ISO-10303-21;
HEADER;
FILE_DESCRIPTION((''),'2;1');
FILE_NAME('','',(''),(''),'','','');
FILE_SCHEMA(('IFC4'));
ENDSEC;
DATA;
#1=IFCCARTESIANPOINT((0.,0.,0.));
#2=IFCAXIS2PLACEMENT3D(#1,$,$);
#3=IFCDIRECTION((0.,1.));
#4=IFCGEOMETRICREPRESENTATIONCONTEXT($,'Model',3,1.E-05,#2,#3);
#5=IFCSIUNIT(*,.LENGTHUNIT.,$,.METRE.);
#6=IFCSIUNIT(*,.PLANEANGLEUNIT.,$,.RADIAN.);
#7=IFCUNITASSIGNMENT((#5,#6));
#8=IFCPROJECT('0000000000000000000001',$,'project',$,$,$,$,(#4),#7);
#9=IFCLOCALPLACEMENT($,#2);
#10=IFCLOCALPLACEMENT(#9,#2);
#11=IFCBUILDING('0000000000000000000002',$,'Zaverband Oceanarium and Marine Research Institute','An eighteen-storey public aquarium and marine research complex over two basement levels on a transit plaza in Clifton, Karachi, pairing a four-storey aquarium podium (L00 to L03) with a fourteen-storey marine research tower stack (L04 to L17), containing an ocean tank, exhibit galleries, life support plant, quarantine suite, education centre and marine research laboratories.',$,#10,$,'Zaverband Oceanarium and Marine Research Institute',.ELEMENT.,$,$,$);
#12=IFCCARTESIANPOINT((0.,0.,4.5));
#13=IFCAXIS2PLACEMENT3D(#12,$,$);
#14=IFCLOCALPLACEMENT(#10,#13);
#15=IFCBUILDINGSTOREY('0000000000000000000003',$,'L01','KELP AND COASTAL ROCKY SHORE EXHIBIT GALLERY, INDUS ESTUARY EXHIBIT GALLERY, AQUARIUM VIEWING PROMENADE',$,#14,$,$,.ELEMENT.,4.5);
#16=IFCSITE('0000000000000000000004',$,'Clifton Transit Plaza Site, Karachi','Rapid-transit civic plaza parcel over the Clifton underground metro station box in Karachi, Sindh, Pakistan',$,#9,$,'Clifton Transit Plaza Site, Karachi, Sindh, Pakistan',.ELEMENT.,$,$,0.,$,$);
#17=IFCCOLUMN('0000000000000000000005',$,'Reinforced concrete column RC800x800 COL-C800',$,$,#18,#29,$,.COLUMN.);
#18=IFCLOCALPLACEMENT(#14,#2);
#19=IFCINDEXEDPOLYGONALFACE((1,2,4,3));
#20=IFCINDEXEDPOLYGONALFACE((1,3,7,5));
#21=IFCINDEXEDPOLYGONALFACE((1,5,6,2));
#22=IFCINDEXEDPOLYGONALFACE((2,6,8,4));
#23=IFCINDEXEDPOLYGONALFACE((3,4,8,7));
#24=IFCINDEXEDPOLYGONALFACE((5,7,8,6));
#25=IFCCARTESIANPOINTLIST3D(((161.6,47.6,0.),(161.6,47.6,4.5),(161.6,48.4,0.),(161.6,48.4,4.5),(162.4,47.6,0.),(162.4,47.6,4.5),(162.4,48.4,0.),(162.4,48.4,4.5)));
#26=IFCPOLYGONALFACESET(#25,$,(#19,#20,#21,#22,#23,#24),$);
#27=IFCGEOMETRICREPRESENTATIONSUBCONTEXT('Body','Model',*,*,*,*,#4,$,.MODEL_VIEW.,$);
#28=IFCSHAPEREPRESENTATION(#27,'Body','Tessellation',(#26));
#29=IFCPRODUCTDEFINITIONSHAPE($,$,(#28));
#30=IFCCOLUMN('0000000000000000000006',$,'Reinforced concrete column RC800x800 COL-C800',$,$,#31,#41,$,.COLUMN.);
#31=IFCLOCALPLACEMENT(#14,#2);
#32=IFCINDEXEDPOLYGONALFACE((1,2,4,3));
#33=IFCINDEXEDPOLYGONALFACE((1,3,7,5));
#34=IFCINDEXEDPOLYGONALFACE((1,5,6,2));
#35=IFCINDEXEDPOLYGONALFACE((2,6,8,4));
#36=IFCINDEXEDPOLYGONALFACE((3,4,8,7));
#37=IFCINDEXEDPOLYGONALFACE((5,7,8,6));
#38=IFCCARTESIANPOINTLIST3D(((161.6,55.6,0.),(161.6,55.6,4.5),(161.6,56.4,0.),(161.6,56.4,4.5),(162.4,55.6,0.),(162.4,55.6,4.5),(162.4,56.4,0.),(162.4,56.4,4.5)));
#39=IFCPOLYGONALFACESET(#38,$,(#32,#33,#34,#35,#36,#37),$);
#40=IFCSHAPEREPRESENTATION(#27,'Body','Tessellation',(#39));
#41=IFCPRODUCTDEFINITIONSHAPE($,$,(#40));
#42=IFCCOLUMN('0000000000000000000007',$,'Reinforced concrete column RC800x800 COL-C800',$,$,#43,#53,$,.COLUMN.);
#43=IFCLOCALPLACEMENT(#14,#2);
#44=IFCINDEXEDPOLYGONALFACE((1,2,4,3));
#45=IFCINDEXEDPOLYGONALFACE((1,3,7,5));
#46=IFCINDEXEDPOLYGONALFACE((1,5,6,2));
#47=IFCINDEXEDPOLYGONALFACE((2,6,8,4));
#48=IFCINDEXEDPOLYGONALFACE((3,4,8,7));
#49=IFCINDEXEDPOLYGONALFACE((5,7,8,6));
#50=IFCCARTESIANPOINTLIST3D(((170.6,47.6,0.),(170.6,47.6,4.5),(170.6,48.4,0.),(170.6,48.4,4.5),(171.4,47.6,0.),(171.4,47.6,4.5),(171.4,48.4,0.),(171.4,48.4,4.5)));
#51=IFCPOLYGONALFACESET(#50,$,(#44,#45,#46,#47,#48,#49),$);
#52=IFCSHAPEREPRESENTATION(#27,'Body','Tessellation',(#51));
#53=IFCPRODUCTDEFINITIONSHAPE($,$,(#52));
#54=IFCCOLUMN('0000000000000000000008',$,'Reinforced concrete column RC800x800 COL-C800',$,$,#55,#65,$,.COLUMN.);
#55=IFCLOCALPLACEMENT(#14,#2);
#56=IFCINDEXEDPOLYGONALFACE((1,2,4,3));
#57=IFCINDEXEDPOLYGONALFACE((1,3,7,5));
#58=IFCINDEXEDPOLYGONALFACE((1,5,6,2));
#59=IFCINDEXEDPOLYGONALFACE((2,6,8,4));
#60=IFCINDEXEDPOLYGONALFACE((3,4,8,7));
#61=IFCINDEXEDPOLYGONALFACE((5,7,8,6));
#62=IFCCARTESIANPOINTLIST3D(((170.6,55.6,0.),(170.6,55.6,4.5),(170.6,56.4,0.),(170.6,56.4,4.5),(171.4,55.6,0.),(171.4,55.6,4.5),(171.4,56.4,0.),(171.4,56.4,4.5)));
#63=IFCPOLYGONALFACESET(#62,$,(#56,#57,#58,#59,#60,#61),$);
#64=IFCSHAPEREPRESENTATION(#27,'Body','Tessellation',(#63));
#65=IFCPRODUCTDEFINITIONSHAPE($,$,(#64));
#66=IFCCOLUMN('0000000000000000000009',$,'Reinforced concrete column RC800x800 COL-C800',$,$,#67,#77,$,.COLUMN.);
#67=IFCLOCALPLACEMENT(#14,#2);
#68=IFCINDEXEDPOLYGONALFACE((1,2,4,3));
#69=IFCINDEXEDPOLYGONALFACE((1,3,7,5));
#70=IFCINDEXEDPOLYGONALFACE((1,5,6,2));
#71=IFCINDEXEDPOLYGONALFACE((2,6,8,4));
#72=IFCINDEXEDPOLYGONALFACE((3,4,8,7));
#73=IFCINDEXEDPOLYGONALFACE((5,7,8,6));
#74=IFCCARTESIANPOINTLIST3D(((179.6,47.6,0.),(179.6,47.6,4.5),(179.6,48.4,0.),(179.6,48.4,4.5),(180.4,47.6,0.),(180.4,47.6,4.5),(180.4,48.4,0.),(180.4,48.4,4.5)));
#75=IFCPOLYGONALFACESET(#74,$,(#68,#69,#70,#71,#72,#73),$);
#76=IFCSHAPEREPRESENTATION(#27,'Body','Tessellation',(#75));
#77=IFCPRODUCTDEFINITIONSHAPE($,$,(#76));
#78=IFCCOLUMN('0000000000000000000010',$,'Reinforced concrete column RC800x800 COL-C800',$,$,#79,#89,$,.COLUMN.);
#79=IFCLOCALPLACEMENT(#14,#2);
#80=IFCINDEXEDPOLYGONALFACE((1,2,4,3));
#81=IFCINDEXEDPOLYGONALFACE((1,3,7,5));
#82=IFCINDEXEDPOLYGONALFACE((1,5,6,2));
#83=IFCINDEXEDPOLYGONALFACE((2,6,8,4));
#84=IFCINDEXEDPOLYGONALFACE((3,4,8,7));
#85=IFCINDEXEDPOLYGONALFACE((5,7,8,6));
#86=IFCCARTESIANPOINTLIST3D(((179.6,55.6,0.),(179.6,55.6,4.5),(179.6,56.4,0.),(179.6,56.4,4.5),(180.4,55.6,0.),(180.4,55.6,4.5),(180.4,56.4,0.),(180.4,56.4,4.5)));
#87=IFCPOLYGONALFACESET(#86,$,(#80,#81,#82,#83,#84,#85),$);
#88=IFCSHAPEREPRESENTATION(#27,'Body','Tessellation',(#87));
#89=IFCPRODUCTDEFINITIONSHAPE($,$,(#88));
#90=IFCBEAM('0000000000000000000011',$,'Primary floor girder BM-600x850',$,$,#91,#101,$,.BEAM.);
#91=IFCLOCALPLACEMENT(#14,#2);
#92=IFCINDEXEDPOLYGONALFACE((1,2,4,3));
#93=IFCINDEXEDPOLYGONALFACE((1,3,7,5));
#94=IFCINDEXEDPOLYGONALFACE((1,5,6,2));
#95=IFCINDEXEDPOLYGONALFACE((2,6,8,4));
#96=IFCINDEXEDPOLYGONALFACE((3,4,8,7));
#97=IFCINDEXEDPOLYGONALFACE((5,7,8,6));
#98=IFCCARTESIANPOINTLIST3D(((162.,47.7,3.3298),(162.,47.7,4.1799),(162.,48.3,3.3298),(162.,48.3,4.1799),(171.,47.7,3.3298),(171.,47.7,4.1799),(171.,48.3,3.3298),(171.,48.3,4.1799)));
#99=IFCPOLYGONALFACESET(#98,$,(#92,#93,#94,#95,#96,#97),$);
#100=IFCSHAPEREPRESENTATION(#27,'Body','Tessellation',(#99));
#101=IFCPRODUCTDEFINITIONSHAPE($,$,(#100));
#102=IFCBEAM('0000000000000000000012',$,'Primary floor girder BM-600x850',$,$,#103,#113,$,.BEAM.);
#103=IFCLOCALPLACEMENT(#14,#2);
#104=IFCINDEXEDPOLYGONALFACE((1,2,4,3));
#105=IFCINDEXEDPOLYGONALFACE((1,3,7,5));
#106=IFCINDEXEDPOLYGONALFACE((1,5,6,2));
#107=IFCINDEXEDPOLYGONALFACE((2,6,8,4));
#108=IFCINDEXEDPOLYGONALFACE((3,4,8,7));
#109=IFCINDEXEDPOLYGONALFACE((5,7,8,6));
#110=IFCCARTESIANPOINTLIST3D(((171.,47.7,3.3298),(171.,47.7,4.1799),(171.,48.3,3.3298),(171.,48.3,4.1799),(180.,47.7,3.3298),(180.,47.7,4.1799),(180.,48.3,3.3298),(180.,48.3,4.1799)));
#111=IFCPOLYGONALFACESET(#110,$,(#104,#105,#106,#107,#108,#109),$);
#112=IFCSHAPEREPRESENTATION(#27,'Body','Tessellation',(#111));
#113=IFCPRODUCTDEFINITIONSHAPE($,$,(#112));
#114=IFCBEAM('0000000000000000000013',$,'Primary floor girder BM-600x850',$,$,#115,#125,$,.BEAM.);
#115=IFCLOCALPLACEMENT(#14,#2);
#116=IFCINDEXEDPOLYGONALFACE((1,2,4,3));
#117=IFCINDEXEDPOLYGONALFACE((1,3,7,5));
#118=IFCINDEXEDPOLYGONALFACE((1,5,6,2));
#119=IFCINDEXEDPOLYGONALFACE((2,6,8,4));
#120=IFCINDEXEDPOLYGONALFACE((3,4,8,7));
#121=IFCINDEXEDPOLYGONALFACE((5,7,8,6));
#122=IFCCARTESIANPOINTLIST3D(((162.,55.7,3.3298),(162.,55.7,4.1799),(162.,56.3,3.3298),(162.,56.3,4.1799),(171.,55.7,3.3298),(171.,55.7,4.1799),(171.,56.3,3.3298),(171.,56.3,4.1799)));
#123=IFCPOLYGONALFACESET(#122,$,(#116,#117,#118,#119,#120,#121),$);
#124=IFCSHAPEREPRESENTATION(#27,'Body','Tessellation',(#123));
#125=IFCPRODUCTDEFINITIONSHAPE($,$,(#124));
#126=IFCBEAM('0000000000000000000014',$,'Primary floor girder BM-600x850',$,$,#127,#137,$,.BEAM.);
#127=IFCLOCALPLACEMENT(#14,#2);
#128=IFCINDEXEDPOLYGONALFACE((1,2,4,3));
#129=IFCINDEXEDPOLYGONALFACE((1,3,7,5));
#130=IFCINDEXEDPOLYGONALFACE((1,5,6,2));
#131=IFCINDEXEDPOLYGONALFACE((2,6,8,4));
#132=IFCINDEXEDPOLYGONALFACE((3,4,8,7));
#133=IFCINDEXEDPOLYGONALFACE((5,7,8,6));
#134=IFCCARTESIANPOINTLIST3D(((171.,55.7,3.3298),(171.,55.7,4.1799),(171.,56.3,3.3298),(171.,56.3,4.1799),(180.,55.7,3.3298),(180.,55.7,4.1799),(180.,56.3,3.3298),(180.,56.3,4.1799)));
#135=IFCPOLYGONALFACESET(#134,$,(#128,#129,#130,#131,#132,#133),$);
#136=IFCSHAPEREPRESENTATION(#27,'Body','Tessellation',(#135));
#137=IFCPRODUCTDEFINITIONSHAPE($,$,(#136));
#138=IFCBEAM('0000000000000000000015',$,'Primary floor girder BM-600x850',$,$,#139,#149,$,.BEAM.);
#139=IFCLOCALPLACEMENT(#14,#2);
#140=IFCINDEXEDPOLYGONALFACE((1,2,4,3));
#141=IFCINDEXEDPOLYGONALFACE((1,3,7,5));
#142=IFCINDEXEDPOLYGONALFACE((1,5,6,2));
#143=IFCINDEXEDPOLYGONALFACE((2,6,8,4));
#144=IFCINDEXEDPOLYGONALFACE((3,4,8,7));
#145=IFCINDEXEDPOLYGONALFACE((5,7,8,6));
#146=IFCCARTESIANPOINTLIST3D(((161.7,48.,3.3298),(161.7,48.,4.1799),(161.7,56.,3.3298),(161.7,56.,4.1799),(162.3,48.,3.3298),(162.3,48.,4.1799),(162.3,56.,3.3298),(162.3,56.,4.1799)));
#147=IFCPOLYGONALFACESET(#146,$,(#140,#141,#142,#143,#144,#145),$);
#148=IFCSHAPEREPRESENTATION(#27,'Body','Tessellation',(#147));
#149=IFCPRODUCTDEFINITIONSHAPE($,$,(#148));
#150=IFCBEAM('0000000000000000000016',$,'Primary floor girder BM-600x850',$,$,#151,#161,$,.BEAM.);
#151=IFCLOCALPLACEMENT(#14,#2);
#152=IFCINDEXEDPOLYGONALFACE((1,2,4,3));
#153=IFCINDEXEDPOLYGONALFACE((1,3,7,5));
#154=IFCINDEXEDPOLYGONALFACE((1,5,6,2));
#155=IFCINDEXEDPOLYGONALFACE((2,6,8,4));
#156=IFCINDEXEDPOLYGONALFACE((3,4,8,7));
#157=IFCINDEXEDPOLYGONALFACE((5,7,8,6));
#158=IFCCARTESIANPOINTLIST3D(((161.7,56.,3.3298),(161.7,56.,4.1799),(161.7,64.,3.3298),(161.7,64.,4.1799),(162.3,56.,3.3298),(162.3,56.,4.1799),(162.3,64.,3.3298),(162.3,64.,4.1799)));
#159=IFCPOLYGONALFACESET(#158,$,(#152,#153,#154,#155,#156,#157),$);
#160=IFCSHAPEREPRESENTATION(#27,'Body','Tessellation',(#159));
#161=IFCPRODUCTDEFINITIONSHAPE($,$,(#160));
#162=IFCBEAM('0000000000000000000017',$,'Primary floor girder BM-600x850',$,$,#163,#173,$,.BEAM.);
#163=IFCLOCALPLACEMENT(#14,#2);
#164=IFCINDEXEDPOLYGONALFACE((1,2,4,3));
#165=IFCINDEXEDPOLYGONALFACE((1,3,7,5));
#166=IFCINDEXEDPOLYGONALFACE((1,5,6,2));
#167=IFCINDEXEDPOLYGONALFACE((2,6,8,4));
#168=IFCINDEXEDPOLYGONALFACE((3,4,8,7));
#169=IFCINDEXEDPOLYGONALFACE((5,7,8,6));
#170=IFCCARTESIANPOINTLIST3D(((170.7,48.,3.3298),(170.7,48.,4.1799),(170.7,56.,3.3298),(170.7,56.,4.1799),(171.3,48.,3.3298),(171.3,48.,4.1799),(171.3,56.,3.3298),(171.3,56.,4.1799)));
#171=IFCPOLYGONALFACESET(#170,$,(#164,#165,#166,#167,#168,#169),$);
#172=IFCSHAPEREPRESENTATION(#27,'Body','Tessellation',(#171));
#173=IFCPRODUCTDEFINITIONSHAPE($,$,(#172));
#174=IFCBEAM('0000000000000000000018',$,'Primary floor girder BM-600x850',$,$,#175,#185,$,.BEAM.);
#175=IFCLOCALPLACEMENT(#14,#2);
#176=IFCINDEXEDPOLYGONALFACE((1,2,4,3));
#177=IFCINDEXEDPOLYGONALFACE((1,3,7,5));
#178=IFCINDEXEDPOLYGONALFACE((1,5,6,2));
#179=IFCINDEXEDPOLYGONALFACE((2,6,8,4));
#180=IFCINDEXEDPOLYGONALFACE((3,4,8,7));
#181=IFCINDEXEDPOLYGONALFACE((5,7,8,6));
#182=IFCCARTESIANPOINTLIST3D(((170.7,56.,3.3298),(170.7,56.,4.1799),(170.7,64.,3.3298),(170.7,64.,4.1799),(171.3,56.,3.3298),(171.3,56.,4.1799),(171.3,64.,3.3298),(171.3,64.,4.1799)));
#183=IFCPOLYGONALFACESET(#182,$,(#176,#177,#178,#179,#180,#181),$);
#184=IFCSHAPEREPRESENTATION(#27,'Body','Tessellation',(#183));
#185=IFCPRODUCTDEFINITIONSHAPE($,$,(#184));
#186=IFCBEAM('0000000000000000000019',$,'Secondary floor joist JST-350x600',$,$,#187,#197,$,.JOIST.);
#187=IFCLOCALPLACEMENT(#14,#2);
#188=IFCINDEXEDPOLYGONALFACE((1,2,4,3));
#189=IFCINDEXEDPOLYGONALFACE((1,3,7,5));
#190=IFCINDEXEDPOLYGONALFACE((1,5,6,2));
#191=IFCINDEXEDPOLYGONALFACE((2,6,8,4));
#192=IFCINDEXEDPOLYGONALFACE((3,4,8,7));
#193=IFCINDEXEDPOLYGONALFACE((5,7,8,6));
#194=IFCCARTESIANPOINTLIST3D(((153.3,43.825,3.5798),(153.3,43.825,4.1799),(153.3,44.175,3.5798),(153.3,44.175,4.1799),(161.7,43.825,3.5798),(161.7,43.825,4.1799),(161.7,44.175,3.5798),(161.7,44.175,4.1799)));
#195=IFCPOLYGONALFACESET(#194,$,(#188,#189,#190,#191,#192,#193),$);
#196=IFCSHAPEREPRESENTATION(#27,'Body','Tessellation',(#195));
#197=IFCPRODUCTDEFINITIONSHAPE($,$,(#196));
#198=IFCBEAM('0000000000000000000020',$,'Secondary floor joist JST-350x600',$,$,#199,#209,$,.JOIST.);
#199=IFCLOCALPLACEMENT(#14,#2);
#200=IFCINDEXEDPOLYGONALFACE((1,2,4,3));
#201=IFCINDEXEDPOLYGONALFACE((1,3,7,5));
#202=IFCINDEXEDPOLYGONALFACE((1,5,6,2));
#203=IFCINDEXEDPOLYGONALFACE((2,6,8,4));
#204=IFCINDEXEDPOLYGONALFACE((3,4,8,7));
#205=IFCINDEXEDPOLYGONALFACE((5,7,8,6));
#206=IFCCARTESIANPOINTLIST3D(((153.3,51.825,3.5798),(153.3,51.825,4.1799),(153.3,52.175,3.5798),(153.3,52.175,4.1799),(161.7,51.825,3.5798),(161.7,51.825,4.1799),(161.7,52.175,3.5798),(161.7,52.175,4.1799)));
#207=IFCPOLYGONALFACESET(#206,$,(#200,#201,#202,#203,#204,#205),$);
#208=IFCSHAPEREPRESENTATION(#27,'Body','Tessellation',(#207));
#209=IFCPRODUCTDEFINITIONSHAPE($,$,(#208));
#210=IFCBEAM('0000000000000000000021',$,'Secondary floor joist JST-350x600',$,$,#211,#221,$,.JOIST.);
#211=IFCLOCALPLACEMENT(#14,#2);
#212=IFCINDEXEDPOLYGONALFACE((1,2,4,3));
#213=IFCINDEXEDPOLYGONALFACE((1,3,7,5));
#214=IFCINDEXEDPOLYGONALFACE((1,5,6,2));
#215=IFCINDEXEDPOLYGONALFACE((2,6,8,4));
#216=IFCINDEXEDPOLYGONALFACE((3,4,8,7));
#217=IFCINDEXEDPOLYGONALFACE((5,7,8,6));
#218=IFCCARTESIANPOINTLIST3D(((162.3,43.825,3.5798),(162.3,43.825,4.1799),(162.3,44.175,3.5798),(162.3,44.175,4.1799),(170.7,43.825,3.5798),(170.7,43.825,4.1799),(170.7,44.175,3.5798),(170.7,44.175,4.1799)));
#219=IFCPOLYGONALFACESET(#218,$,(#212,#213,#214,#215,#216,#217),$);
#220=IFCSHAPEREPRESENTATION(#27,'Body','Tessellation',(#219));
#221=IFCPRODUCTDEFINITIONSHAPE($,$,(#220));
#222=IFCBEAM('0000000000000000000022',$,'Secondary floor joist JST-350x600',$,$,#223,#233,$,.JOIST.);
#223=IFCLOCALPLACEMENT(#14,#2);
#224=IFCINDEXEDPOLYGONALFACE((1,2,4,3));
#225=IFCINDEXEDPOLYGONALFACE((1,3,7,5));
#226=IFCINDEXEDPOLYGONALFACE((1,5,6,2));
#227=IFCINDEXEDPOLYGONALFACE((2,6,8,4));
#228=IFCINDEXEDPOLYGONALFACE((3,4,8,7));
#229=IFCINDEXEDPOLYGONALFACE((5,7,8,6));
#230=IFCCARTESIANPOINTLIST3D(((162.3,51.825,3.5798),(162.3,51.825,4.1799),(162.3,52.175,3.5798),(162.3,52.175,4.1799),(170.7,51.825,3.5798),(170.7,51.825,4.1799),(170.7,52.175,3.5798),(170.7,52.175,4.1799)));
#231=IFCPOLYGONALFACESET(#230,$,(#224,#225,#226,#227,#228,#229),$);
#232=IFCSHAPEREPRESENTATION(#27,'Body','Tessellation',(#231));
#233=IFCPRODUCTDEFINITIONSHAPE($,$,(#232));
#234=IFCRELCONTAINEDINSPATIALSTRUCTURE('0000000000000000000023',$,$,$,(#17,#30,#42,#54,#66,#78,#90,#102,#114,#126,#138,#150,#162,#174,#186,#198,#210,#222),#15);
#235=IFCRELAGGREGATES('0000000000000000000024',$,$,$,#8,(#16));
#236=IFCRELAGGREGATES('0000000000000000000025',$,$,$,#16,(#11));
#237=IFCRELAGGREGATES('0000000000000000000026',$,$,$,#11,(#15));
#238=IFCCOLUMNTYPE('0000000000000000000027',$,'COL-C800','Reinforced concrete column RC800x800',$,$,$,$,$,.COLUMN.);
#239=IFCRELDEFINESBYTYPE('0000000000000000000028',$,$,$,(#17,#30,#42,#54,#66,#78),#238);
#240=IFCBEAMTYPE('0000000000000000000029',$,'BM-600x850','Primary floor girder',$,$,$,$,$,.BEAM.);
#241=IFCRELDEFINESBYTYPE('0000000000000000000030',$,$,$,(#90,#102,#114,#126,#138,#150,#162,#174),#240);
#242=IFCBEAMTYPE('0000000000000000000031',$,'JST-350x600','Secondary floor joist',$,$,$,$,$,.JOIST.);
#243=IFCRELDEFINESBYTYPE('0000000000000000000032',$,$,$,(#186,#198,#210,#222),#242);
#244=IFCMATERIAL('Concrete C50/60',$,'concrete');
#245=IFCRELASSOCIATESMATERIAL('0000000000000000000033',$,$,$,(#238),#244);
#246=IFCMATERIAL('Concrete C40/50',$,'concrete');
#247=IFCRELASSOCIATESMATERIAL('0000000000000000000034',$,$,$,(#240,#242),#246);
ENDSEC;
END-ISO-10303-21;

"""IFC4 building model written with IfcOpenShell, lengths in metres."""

from ifc_helpers import new_model, si_unit, direction, frame, origin, origin_2d, place, context, subcontext, project, spatial, rectangle, extrude, material, material_profile, profile_set, type_object, element, save


model = new_model("IFC4")

# Units and contexts
model_context = context("Model", 3, precision=1e-05, world=origin(), true_north=direction((0.0, 1.0)))
body_context = subcontext(model_context, "Body", "Model", "MODEL_VIEW")
ifc_project = project(units=[si_unit("LENGTHUNIT", "METRE"), si_unit("PLANEANGLEUNIT", "RADIAN")], contexts=[model_context])

# Site, building, storey
site_placement = place(None, origin())
site = spatial("IfcSite", under=ifc_project, at=site_placement, Name="Clifton Transit Plaza Site, Karachi", Description="Rapid-transit civic plaza parcel over the Clifton underground metro station box in Karachi, Sindh, Pakistan", LongName="Clifton Transit Plaza Site, Karachi, Sindh, Pakistan", CompositionType="ELEMENT", RefElevation=0.0)
building_placement = place(site_placement, origin())
building = spatial("IfcBuilding", under=site, at=building_placement, Name="Zaverband Oceanarium and Marine Research Institute", Description="An eighteen-storey public aquarium and marine research complex over two basement levels on a transit plaza in Clifton, Karachi, pairing a four-storey aquarium podium (L00 to L03) with a fourteen-storey marine research tower stack (L04 to L17), containing an ocean tank, exhibit galleries, life support plant, quarantine suite, education centre and marine research laboratories.", LongName="Zaverband Oceanarium and Marine Research Institute", CompositionType="ELEMENT")
storey_placement = place(building_placement, frame((0.0, 0.0, 4.5)))
storey = spatial("IfcBuildingStorey", under=building, at=storey_placement, Name="L01", Description="KELP AND COASTAL ROCKY SHORE EXHIBIT GALLERY, INDUS ESTUARY EXHIBIT GALLERY, AQUARIUM VIEWING PROMENADE", CompositionType="ELEMENT", Elevation=4.5)

# Columns
ifc_material_1 = material(Name="Concrete C50/60", Category="concrete")
ifc_material_profile_1 = material_profile(ifc_material_1, rectangle(XDim=0.8, YDim=0.8, at=origin_2d()), Name="RC800x800")
ifc_profile_set_1 = profile_set([ifc_material_profile_1], Name="Concrete C50/60")
column_type = type_object("IfcColumnType", Name="COL-C800", Description="Reinforced concrete column RC800x800", PredefinedType="COLUMN", material=ifc_profile_set_1)
for number, where, z_axis, x_axis, name in (
    (1, (162.0, 48.0, 0.0), (0.0, 0.0, 1.0), (1.0, 0.0, 0.0), "Reinforced concrete column RC800x800 COL-C800"),
    (2, (162.0, 56.0, 0.0), (0.0, 0.0, 1.0), (1.0, 0.0, 0.0), "Reinforced concrete column RC800x800 COL-C800"),
    (3, (171.0, 48.0, 0.0), (0.0, 0.0, 1.0), (1.0, 0.0, 0.0), "Reinforced concrete column RC800x800 COL-C800"),
    (4, (171.0, 56.0, 0.0), (0.0, 0.0, 1.0), (1.0, 0.0, 0.0), "Reinforced concrete column RC800x800 COL-C800"),
    (5, (180.0, 48.0, 0.0), (0.0, 0.0, 1.0), (1.0, 0.0, 0.0), "Reinforced concrete column RC800x800 COL-C800"),
    (6, (180.0, 56.0, 0.0), (0.0, 0.0, 1.0), (1.0, 0.0, 0.0), "Reinforced concrete column RC800x800 COL-C800"),
):
    element("IfcColumn", number, at=place(storey_placement, frame(where, z_axis=z_axis, x_axis=x_axis)), inside=storey, type_object=column_type, Name=name, PredefinedType="COLUMN", context=body_context, shape_type="SweptSolid", body=[
        extrude(rectangle(XDim=0.8, YDim=0.8, at=origin_2d()), origin(), (0.0, 0.0, 1.0), 4.5),
    ])

# Beams
ifc_material_2 = material(Name="Concrete C40/50", Category="concrete")
ifc_material_profile_2 = material_profile(ifc_material_2, rectangle(XDim=0.6001, YDim=0.8501, at=origin_2d()), Name="RC600x850")
ifc_profile_set_2 = profile_set([ifc_material_profile_2], Name="Concrete C40/50")
beam_type_1 = type_object("IfcBeamType", Name="BM-600x850", Description="Primary floor girder", PredefinedType="BEAM", material=ifc_profile_set_2)
for number, where, z_axis, x_axis, name in (
    (7, (162.0, 48.0, 3.7549), (1.0, 0.0, 0.0), (0.0, 1.0, 0.0), "Primary floor girder BM-600x850"),
    (8, (171.0, 48.0, 3.7549), (1.0, 0.0, 0.0), (0.0, 1.0, 0.0), "Primary floor girder BM-600x850"),
    (9, (162.0, 56.0, 3.7549), (1.0, 0.0, 0.0), (0.0, 1.0, 0.0), "Primary floor girder BM-600x850"),
    (10, (171.0, 56.0, 3.7549), (1.0, 0.0, 0.0), (0.0, 1.0, 0.0), "Primary floor girder BM-600x850"),
):
    element("IfcBeam", number, at=place(storey_placement, frame(where, z_axis=z_axis, x_axis=x_axis)), inside=storey, type_object=beam_type_1, Name=name, PredefinedType="BEAM", context=body_context, shape_type="SweptSolid", body=[
        extrude(rectangle(XDim=0.6001, YDim=0.8501, at=origin_2d()), origin(), (0.0, 0.0, 1.0), 9.0),
    ])
for number, where, z_axis, x_axis, name in (
    (11, (162.0, 48.0, 3.7549), (0.0, 1.0, 0.0), (-1.0, 0.0, 0.0), "Primary floor girder BM-600x850"),
    (12, (162.0, 56.0, 3.7549), (0.0, 1.0, 0.0), (-1.0, 0.0, 0.0), "Primary floor girder BM-600x850"),
    (13, (171.0, 48.0, 3.7549), (0.0, 1.0, 0.0), (-1.0, 0.0, 0.0), "Primary floor girder BM-600x850"),
    (14, (171.0, 56.0, 3.7549), (0.0, 1.0, 0.0), (-1.0, 0.0, 0.0), "Primary floor girder BM-600x850"),
):
    element("IfcBeam", number, at=place(storey_placement, frame(where, z_axis=z_axis, x_axis=x_axis)), inside=storey, type_object=beam_type_1, Name=name, PredefinedType="BEAM", context=body_context, shape_type="SweptSolid", body=[
        extrude(rectangle(XDim=0.6001, YDim=0.8501, at=origin_2d()), origin(), (0.0, 0.0, 1.0), 8.0),
    ])
ifc_material_profile_3 = material_profile(ifc_material_2, rectangle(XDim=0.3501, YDim=0.6001, at=origin_2d()), Name="RC350x600")
ifc_profile_set_3 = profile_set([ifc_material_profile_3], Name="Concrete C40/50")
beam_type_2 = type_object("IfcBeamType", Name="JST-350x600", Description="Secondary floor joist", PredefinedType="JOIST", material=ifc_profile_set_3)
for number, where, z_axis, x_axis, name in (
    (15, (153.3, 44.0, 3.8799), (1.0, 0.0, 0.0), (0.0, 1.0, 0.0), "Secondary floor joist JST-350x600"),
    (16, (153.3, 52.0, 3.8799), (1.0, 0.0, 0.0), (0.0, 1.0, 0.0), "Secondary floor joist JST-350x600"),
    (17, (162.3, 44.0, 3.8799), (1.0, 0.0, 0.0), (0.0, 1.0, 0.0), "Secondary floor joist JST-350x600"),
    (18, (162.3, 52.0, 3.8799), (1.0, 0.0, 0.0), (0.0, 1.0, 0.0), "Secondary floor joist JST-350x600"),
):
    element("IfcBeam", number, at=place(storey_placement, frame(where, z_axis=z_axis, x_axis=x_axis)), inside=storey, type_object=beam_type_2, Name=name, PredefinedType="JOIST", context=body_context, shape_type="SweptSolid", body=[
        extrude(rectangle(XDim=0.3501, YDim=0.6001, at=origin_2d()), origin(), (0.0, 0.0, 1.0), 8.3999),
    ])

save(model, "model.ifc")
